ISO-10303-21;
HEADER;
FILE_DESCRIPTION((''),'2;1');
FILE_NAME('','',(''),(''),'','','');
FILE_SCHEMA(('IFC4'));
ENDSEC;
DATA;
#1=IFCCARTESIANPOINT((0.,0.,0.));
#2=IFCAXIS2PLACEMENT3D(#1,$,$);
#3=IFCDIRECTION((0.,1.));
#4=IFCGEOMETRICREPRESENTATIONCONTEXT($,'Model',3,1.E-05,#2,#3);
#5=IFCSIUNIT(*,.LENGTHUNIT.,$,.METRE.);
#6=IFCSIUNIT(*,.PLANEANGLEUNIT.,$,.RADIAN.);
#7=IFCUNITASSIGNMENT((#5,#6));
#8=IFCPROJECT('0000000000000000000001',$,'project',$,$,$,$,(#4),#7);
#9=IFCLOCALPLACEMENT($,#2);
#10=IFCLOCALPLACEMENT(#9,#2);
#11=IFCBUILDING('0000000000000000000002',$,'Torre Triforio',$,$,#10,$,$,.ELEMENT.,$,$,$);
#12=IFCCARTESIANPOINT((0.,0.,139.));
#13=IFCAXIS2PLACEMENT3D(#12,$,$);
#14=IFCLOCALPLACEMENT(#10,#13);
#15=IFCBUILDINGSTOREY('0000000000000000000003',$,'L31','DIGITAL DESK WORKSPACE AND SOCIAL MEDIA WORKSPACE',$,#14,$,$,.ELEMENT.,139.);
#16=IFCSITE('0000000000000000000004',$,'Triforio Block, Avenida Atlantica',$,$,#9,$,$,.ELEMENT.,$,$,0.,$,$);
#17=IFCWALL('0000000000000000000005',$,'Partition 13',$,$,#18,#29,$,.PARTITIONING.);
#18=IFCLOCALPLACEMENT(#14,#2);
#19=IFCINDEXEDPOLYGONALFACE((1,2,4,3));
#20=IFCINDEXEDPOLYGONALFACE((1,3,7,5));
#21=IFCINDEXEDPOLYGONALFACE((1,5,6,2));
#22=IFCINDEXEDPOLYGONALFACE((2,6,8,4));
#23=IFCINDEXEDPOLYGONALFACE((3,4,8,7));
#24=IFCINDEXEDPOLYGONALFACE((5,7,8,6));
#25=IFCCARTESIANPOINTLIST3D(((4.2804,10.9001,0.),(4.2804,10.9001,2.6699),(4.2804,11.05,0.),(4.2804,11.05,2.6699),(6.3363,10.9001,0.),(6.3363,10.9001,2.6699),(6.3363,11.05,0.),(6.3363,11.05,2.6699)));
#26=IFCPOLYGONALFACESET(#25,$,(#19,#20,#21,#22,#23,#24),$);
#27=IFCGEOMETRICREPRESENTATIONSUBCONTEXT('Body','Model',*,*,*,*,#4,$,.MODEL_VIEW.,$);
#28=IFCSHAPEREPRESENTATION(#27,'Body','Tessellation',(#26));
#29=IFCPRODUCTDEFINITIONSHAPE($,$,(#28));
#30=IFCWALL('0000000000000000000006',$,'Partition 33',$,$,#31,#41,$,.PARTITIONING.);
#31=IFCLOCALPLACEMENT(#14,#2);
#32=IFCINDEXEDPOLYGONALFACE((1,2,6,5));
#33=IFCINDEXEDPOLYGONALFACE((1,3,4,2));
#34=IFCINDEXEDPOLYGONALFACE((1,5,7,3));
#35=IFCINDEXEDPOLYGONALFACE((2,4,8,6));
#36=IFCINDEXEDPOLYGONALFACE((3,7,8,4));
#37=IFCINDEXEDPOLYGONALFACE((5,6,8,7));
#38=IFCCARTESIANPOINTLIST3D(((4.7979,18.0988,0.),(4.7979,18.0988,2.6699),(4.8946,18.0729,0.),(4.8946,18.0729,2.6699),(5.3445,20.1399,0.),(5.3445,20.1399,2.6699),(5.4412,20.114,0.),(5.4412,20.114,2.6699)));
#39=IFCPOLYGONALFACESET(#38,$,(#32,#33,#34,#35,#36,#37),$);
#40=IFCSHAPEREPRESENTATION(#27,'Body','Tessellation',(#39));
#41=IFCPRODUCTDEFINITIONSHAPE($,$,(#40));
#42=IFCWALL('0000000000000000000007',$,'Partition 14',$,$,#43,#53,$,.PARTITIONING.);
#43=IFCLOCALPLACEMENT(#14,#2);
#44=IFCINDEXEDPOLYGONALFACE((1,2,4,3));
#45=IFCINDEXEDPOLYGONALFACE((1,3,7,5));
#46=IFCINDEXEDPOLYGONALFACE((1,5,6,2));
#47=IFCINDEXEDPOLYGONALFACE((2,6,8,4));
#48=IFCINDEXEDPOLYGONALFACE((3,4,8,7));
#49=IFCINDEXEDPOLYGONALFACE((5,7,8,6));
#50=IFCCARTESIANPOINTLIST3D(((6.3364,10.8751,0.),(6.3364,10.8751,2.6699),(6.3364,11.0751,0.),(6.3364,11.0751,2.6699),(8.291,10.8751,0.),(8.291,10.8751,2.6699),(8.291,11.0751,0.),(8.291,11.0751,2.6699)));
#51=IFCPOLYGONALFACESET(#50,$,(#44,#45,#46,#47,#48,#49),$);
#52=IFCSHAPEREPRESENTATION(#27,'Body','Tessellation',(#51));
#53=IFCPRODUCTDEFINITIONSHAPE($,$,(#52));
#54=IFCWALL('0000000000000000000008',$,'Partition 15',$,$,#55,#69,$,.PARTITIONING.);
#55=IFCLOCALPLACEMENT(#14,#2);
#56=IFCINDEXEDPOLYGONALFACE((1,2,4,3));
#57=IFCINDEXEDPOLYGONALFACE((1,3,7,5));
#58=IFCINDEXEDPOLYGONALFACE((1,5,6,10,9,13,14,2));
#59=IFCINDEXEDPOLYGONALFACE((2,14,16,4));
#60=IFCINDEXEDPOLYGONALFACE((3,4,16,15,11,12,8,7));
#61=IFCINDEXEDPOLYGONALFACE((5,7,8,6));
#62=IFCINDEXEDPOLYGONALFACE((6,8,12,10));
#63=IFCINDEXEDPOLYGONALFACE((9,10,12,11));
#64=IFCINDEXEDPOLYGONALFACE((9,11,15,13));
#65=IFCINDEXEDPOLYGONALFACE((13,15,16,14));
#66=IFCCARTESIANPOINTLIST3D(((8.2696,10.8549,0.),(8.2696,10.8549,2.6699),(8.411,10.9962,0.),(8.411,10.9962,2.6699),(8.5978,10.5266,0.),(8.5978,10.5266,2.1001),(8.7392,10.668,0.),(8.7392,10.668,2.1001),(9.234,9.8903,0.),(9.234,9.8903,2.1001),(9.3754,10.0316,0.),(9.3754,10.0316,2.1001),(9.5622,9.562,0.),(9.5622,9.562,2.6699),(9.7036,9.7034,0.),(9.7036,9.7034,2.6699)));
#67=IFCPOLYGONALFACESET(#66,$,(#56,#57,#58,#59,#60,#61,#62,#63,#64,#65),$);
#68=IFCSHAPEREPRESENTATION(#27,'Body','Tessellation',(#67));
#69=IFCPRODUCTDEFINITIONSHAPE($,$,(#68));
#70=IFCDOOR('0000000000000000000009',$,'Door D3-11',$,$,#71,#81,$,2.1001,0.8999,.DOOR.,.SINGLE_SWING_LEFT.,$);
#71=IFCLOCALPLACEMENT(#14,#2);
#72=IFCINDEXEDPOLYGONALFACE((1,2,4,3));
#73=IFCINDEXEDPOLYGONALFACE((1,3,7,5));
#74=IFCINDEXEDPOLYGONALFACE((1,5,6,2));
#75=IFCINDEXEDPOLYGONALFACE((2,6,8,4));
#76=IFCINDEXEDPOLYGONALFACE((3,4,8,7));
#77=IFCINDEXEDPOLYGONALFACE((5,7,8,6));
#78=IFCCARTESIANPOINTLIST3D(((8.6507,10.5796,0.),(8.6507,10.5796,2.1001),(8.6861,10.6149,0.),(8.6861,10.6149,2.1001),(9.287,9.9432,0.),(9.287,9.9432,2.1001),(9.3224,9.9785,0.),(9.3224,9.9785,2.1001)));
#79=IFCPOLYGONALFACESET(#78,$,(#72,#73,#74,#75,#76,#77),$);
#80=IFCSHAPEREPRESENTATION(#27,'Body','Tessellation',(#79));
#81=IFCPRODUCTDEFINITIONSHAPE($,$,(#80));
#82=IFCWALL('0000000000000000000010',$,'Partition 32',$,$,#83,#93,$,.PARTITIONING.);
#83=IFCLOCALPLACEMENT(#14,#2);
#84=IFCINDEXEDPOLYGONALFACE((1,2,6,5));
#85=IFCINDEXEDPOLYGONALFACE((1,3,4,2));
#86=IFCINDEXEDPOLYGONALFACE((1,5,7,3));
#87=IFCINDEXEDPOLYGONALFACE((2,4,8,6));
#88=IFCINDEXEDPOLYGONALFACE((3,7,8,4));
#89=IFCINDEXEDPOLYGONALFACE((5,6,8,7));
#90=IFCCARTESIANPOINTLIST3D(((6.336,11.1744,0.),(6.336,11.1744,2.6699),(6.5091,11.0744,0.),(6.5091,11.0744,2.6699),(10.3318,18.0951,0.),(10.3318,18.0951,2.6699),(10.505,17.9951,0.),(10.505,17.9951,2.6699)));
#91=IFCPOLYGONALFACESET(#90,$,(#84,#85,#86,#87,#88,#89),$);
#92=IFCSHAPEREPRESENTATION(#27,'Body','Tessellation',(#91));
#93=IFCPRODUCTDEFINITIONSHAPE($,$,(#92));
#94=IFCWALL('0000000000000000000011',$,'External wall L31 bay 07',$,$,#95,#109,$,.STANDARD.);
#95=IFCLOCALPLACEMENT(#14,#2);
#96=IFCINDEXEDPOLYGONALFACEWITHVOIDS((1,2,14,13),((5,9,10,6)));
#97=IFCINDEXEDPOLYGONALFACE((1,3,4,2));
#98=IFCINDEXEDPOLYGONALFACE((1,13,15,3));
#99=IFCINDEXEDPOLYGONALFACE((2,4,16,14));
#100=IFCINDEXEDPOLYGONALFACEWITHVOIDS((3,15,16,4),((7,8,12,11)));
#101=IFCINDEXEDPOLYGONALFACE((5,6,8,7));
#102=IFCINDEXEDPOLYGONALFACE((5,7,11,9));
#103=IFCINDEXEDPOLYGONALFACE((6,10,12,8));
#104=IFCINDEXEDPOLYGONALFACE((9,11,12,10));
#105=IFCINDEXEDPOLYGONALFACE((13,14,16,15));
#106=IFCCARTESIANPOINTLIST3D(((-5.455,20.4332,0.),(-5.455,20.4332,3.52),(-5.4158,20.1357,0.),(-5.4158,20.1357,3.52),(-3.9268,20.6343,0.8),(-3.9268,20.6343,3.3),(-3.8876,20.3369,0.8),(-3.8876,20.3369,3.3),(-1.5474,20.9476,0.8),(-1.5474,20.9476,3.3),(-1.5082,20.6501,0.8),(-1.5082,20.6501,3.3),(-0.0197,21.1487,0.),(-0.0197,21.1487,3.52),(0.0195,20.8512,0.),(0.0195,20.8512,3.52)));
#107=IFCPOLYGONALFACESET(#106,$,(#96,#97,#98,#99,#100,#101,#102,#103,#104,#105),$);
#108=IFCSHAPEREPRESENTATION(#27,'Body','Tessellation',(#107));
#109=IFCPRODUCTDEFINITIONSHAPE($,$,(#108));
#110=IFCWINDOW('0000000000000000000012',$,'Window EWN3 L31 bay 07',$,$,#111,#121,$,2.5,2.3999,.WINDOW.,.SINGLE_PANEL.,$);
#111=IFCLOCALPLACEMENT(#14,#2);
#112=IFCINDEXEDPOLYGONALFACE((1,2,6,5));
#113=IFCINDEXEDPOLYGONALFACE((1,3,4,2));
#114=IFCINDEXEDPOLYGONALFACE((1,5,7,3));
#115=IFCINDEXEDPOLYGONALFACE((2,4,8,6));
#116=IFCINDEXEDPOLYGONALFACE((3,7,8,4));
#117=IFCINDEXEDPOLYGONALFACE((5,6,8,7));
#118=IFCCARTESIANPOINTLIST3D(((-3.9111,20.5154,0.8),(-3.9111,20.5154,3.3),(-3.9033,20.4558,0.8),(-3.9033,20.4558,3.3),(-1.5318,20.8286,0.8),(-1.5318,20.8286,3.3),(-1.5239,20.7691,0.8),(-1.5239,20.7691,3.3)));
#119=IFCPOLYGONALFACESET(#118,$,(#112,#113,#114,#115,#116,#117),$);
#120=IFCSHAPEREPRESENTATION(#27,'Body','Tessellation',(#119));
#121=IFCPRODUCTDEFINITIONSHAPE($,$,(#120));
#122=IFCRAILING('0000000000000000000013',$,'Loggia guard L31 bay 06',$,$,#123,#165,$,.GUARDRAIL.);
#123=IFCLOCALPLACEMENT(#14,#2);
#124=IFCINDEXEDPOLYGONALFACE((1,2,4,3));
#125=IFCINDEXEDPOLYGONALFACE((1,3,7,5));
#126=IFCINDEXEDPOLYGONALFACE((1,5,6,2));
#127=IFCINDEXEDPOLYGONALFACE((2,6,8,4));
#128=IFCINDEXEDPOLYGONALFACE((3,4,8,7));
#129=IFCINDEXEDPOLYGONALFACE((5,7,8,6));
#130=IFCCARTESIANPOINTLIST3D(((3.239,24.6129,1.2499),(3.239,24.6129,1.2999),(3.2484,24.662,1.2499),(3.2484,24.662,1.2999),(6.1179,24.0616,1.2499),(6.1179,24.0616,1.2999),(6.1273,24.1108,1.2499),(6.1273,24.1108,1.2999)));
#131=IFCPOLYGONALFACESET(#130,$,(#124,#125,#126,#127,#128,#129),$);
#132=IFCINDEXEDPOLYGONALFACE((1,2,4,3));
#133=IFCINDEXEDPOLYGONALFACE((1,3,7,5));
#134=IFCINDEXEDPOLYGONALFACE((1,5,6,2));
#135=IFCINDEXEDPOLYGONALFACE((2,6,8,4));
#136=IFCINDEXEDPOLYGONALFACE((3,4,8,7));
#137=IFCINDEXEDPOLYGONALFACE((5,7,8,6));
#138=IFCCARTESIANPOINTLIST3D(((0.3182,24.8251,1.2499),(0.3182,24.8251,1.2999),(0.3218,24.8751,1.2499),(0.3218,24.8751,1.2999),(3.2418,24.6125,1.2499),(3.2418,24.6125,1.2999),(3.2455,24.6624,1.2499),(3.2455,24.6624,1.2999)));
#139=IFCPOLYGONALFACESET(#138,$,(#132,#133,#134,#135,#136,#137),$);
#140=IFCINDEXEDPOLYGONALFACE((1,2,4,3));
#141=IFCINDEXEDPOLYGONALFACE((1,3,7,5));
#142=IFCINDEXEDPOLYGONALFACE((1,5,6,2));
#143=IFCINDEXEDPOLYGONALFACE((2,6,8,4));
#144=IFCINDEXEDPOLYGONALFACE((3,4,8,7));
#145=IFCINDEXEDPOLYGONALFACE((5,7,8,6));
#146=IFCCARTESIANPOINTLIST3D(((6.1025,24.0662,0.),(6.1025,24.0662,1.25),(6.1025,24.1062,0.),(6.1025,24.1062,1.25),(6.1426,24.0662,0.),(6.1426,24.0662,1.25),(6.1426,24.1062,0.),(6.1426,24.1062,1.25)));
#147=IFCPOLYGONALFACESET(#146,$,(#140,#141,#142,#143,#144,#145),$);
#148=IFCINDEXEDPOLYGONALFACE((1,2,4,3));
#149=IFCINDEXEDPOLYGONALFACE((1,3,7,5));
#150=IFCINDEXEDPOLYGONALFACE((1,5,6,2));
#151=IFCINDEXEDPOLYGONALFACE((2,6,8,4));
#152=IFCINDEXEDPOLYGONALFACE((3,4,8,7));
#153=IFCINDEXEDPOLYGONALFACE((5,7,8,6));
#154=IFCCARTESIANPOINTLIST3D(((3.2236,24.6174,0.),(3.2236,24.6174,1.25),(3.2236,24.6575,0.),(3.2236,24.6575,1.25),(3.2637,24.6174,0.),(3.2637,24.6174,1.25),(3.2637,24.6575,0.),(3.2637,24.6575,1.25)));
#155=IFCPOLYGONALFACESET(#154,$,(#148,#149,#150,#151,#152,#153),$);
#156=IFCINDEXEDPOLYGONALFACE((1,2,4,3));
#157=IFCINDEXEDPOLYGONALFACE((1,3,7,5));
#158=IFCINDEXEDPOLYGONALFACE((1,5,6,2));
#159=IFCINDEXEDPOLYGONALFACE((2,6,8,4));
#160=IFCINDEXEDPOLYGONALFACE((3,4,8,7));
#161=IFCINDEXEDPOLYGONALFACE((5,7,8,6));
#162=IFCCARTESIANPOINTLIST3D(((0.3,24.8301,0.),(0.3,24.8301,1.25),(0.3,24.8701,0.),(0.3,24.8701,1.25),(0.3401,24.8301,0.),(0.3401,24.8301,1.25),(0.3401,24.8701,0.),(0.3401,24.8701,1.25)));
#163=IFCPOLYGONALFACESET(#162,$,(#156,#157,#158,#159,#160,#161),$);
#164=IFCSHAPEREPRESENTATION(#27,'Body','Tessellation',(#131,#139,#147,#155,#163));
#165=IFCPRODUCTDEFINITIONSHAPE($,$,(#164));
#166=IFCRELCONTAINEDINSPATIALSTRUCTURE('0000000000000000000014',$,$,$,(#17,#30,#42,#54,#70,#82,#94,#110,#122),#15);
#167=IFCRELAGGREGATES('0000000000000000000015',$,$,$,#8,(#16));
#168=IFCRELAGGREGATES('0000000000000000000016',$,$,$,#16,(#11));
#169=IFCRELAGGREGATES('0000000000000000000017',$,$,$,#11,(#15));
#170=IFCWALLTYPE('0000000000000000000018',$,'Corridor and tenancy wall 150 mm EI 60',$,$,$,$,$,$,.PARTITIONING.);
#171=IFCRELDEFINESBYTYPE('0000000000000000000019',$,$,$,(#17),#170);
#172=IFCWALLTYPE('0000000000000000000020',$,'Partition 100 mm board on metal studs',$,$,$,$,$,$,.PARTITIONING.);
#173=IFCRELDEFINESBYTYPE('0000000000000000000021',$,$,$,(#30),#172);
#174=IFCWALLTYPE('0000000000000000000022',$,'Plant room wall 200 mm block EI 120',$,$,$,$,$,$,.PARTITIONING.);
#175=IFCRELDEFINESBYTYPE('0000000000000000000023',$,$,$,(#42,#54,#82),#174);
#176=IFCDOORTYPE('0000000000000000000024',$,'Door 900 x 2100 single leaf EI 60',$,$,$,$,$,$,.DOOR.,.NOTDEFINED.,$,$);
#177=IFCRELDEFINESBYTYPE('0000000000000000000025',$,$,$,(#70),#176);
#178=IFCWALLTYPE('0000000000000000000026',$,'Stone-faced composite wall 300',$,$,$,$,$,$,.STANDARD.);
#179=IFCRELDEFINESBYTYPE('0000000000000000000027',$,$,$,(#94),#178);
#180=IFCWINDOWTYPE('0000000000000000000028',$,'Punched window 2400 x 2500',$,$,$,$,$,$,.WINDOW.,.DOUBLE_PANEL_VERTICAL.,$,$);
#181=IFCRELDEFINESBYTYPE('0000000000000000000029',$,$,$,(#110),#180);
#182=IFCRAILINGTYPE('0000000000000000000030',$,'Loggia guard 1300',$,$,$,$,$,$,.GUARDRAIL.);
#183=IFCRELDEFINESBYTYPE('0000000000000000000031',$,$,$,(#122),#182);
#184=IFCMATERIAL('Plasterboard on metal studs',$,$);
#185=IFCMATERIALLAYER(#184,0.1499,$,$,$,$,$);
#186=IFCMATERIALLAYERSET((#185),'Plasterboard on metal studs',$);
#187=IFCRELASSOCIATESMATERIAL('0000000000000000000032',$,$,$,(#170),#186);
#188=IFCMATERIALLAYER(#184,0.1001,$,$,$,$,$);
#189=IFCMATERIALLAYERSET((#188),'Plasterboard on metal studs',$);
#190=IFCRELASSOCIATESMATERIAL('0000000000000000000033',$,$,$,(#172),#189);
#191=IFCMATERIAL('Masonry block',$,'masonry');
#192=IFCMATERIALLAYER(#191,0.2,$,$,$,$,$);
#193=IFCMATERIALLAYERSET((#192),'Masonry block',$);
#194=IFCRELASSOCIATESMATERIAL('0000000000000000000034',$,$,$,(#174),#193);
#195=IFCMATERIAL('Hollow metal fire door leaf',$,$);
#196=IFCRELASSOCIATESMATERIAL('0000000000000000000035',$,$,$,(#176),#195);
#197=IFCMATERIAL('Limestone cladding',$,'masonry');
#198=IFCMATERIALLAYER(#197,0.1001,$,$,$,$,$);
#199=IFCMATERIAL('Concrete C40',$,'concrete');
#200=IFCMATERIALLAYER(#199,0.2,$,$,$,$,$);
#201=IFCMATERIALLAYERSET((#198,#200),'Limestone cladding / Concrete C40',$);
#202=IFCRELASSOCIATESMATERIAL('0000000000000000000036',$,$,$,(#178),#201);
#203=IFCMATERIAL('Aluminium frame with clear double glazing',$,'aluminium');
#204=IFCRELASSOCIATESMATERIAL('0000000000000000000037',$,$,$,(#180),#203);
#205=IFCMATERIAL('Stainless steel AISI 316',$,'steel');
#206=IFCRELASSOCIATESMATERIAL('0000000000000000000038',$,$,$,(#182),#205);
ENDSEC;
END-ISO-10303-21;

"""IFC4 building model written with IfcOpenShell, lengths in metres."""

from ifc_helpers import new_model, si_unit, direction, frame, frame_2d, origin, origin_2d, place, context, subcontext, project, spatial, rectangle, extrude, material, layer, layer_set, type_object, element, fill, save


model = new_model("IFC4")

# Units and contexts
model_context = context("Model", 3, precision=1e-05, world=origin(), true_north=direction((0.0, 1.0)))
body_context = subcontext(model_context, "Body", "Model", "MODEL_VIEW")
ifc_project = project(units=[si_unit("LENGTHUNIT", "METRE"), si_unit("PLANEANGLEUNIT", "RADIAN")], contexts=[model_context])

# Site, building, storey
site_placement = place(None, origin())
site = spatial("IfcSite", under=ifc_project, at=site_placement, Name="Triforio Block, Avenida Atlantica", CompositionType="ELEMENT", RefElevation=0.0)
building_placement = place(site_placement, origin())
building = spatial("IfcBuilding", under=site, at=building_placement, Name="Torre Triforio", CompositionType="ELEMENT")
storey_placement = place(building_placement, frame((0.0, 0.0, 139.0)))
storey = spatial("IfcBuildingStorey", under=building, at=storey_placement, Name="L31", Description="DIGITAL DESK WORKSPACE AND SOCIAL MEDIA WORKSPACE", CompositionType="ELEMENT", Elevation=139.0)

# Shared definitions
ifc_material_1 = material(Name="Hollow metal fire door leaf")
ifc_material_2 = material(Name="Plasterboard on metal studs")
ifc_layer_1 = layer(ifc_material_2, 0.1499)
ifc_layer_set_1 = layer_set([ifc_layer_1], Name="Plasterboard on metal studs")
wall_type_1 = type_object("IfcWallType", Name="Corridor and tenancy wall 150 mm EI 60", PredefinedType="PARTITIONING", material=ifc_layer_set_1)

# Walls
wall_1_placement = place(storey_placement, frame((4.2805, 10.9751, 0.0), z_axis=(0.0, 0.0, 1.0), x_axis=(1.0, 0.0, 0.0)))
element("IfcWall", 1, at=wall_1_placement, inside=storey, type_object=wall_type_1, Name="Partition 13", PredefinedType="PARTITIONING", context=body_context, shape_type="SweptSolid", body=[
    extrude(rectangle(XDim=2.0559, YDim=0.1499, at=frame_2d((1.0278, 0.0))), origin(), (0.0, 0.0, 1.0), 2.6699),
])
ifc_layer_2 = layer(ifc_material_2, 0.1001)
ifc_layer_set_2 = layer_set([ifc_layer_2], Name="Plasterboard on metal studs")
wall_type_2 = type_object("IfcWallType", Name="Partition 100 mm board on metal studs", PredefinedType="PARTITIONING", material=ifc_layer_set_2)
wall_2_placement = place(storey_placement, frame((4.8462, 18.0857, 0.0), z_axis=(0.0, 0.0, 1.0), x_axis=(0.258705, 0.965956, 0.0)))
element("IfcWall", 2, at=wall_2_placement, inside=storey, type_object=wall_type_2, Name="Partition 33", PredefinedType="PARTITIONING", context=body_context, shape_type="SweptSolid", body=[
    extrude(rectangle(XDim=2.113, YDim=0.1001, at=frame_2d((1.0566, 0.0))), origin(), (0.0, 0.0, 1.0), 2.6699),
])
ifc_material_3 = material(Name="Masonry block", Category="masonry")
ifc_layer_3 = layer(ifc_material_3, 0.2)
ifc_layer_set_3 = layer_set([ifc_layer_3], Name="Masonry block")
wall_type_3 = type_object("IfcWallType", Name="Plant room wall 200 mm block EI 120", PredefinedType="PARTITIONING", material=ifc_layer_set_3)
wall_3_placement = place(storey_placement, frame((6.3364, 10.9751, 0.0), z_axis=(0.0, 0.0, 1.0), x_axis=(1.0, 0.0, 0.0)))
element("IfcWall", 3, at=wall_3_placement, inside=storey, type_object=wall_type_3, Name="Partition 14", PredefinedType="PARTITIONING", context=body_context, shape_type="SweptSolid", body=[
    extrude(rectangle(XDim=1.9546, YDim=0.2, at=frame_2d((0.9773, 0.0))), origin(), (0.0, 0.0, 1.0), 2.6699),
])

# Wall, opening, door
wall_4_placement = place(storey_placement, frame((8.3403, 10.9255, 0.0), z_axis=(0.0, 0.0, 1.0), x_axis=(0.70704, -0.707174, 0.0)))
wall_4 = element("IfcWall", 4, at=wall_4_placement, inside=storey, type_object=wall_type_3, Name="Partition 15", PredefinedType="PARTITIONING", context=body_context, shape_type="SweptSolid", body=[
    extrude(rectangle(XDim=1.8281, YDim=0.2, at=frame_2d((0.9141, 0.0))), origin(), (0.0, 0.0, 1.0), 2.6699),
])
opening_1_placement = place(wall_4_placement, frame((0.4641, 0.0, 0.0)))
opening_1 = element("IfcOpeningElement", 5, at=opening_1_placement, cuts=wall_4, PredefinedType="OPENING", context=body_context, shape_type="SweptSolid", body=[
    extrude(rectangle(XDim=0.8999, YDim=2.1001, at=frame_2d((0.45, 1.05))), frame((0.0, 0.1099, 0.0), z_axis=(0.0, -1.0, 0.0), x_axis=(1.0, 0.0, 0.0)), (0.0, 0.0, 1.0), 0.22),
])
door_type_1 = type_object("IfcDoorType", Name="Door 900 x 2100 single leaf EI 60", OperationType="NOTDEFINED", PredefinedType="DOOR", material=ifc_material_1)
door_1_placement = place(opening_1_placement, origin())
door_1 = element("IfcDoor", 6, at=door_1_placement, inside=storey, type_object=door_type_1, Name="Door D3-11", OperationType="SINGLE_SWING_LEFT", OverallHeight=2.1001, OverallWidth=0.8999, PredefinedType="DOOR", context=body_context, shape_type="SweptSolid", body=[
    extrude(rectangle(XDim=0.8999, YDim=2.1001, at=frame_2d((0.45, 1.05))), frame((0.0, 0.0249, 0.0), z_axis=(0.0, -1.0, 0.0), x_axis=(1.0, 0.0, 0.0)), (0.0, 0.0, 1.0), 0.05),
])
fill(opening_1, door_1)

# Wall
wall_5_placement = place(storey_placement, frame((6.4226, 11.1245, 0.0), z_axis=(0.0, 0.0, 1.0), x_axis=(0.50002, 0.866014, 0.0)))
element("IfcWall", 7, at=wall_5_placement, inside=storey, type_object=wall_type_3, Name="Partition 32", PredefinedType="PARTITIONING", context=body_context, shape_type="SweptSolid", body=[
    extrude(rectangle(XDim=7.9915, YDim=0.2, at=frame_2d((3.9956, 0.0))), origin(), (0.0, 0.0, 1.0), 2.6699),
])

# Shared definitions
ifc_material_4 = material(Name="Limestone cladding", Category="masonry")
ifc_layer_4 = layer(ifc_material_4, 0.1001)
ifc_material_5 = material(Name="Concrete C40", Category="concrete")
ifc_layer_5 = layer(ifc_material_5, 0.2)
ifc_layer_set_4 = layer_set([ifc_layer_4, ifc_layer_5], Name="Limestone cladding / Concrete C40")
wall_type_4 = type_object("IfcWallType", Name="Stone-faced composite wall 300", PredefinedType="STANDARD", material=ifc_layer_set_4)
ifc_material_6 = material(Name="Aluminium frame with clear double glazing", Category="aluminium")

# Wall, opening, window
wall_6_placement = place(storey_placement, frame((0.0, 21.0, 0.0), z_axis=(0.0, 0.0, 1.0), x_axis=(-0.991445, -0.130527, 0.0)))
wall_6 = element("IfcWall", 8, at=wall_6_placement, inside=storey, type_object=wall_type_4, Name="External wall L31 bay 07", PredefinedType="STANDARD", context=body_context, shape_type="SweptSolid", body=[
    extrude(rectangle(XDim=5.4822, YDim=0.3, at=frame_2d((2.7412, 0.0))), origin(), (0.0, 0.0, 1.0), 3.52),
])
opening_2_placement = place(wall_6_placement, frame((1.541, 0.0, 0.8)))
opening_2 = element("IfcOpeningElement", 9, at=opening_2_placement, cuts=wall_6, PredefinedType="OPENING", context=body_context, shape_type="SweptSolid", body=[
    extrude(rectangle(XDim=2.3999, YDim=2.5, at=frame_2d((1.2, 1.25))), frame((0.0, 0.1599, 0.0), z_axis=(0.0, -1.0, 0.0), x_axis=(1.0, 0.0, 0.0)), (0.0, 0.0, 1.0), 0.3201),
])
window_type_1 = type_object("IfcWindowType", Name="Punched window 2400 x 2500", PartitioningType="DOUBLE_PANEL_VERTICAL", PredefinedType="WINDOW", material=ifc_material_6)
window_1_placement = place(opening_2_placement, origin())
window_1 = element("IfcWindow", 10, at=window_1_placement, inside=storey, type_object=window_type_1, Name="Window EWN3 L31 bay 07", OverallHeight=2.5, OverallWidth=2.3999, PartitioningType="SINGLE_PANEL", PredefinedType="WINDOW", context=body_context, shape_type="SweptSolid", body=[
    extrude(rectangle(XDim=2.3999, YDim=2.5, at=frame_2d((1.2, 1.25))), frame((0.0, 0.03, 0.0), z_axis=(0.0, -1.0, 0.0), x_axis=(1.0, 0.0, 0.0)), (0.0, 0.0, 1.0), 0.0601),
])
fill(opening_2, window_1)

# Railing
ifc_material_7 = material(Name="Stainless steel AISI 316", Category="steel")
railing_type = type_object("IfcRailingType", Name="Loggia guard 1300", PredefinedType="GUARDRAIL", material=ifc_material_7)
railing_placement = place(storey_placement, frame((6.1226, 24.0862, 0.0)))
element("IfcRailing", 11, at=railing_placement, inside=storey, type_object=railing_type, Name="Loggia guard L31 bay 06", PredefinedType="GUARDRAIL", context=body_context, shape_type="SweptSolid", body=[
    extrude(rectangle(XDim=0.05, YDim=0.05, at=origin_2d()), frame((0.0, 0.0, 1.2749), z_axis=(-0.982156, 0.188069, 0.0), x_axis=(-0.188069, -0.982156, 0.0)), (0.0, 0.0, 1.0), 2.9312),
    extrude(rectangle(XDim=0.05, YDim=0.05, at=origin_2d()), frame((-2.8789, 0.5513, 1.2749), z_axis=(-0.997365, 0.072543, 0.0), x_axis=(-0.072543, -0.997365, 0.0)), (0.0, 0.0, 1.0), 2.9314),
    extrude(rectangle(XDim=0.04, YDim=0.04, at=origin_2d()), origin(), (0.0, 0.0, 1.0), 1.25),
    extrude(rectangle(XDim=0.04, YDim=0.04, at=origin_2d()), frame((-2.8789, 0.5513, 0.0)), (0.0, 0.0, 1.0), 1.25),
    extrude(rectangle(XDim=0.04, YDim=0.04, at=origin_2d()), frame((-5.8025, 0.7639, 0.0)), (0.0, 0.0, 1.0), 1.25),
])

save(model, "model.ifc")
